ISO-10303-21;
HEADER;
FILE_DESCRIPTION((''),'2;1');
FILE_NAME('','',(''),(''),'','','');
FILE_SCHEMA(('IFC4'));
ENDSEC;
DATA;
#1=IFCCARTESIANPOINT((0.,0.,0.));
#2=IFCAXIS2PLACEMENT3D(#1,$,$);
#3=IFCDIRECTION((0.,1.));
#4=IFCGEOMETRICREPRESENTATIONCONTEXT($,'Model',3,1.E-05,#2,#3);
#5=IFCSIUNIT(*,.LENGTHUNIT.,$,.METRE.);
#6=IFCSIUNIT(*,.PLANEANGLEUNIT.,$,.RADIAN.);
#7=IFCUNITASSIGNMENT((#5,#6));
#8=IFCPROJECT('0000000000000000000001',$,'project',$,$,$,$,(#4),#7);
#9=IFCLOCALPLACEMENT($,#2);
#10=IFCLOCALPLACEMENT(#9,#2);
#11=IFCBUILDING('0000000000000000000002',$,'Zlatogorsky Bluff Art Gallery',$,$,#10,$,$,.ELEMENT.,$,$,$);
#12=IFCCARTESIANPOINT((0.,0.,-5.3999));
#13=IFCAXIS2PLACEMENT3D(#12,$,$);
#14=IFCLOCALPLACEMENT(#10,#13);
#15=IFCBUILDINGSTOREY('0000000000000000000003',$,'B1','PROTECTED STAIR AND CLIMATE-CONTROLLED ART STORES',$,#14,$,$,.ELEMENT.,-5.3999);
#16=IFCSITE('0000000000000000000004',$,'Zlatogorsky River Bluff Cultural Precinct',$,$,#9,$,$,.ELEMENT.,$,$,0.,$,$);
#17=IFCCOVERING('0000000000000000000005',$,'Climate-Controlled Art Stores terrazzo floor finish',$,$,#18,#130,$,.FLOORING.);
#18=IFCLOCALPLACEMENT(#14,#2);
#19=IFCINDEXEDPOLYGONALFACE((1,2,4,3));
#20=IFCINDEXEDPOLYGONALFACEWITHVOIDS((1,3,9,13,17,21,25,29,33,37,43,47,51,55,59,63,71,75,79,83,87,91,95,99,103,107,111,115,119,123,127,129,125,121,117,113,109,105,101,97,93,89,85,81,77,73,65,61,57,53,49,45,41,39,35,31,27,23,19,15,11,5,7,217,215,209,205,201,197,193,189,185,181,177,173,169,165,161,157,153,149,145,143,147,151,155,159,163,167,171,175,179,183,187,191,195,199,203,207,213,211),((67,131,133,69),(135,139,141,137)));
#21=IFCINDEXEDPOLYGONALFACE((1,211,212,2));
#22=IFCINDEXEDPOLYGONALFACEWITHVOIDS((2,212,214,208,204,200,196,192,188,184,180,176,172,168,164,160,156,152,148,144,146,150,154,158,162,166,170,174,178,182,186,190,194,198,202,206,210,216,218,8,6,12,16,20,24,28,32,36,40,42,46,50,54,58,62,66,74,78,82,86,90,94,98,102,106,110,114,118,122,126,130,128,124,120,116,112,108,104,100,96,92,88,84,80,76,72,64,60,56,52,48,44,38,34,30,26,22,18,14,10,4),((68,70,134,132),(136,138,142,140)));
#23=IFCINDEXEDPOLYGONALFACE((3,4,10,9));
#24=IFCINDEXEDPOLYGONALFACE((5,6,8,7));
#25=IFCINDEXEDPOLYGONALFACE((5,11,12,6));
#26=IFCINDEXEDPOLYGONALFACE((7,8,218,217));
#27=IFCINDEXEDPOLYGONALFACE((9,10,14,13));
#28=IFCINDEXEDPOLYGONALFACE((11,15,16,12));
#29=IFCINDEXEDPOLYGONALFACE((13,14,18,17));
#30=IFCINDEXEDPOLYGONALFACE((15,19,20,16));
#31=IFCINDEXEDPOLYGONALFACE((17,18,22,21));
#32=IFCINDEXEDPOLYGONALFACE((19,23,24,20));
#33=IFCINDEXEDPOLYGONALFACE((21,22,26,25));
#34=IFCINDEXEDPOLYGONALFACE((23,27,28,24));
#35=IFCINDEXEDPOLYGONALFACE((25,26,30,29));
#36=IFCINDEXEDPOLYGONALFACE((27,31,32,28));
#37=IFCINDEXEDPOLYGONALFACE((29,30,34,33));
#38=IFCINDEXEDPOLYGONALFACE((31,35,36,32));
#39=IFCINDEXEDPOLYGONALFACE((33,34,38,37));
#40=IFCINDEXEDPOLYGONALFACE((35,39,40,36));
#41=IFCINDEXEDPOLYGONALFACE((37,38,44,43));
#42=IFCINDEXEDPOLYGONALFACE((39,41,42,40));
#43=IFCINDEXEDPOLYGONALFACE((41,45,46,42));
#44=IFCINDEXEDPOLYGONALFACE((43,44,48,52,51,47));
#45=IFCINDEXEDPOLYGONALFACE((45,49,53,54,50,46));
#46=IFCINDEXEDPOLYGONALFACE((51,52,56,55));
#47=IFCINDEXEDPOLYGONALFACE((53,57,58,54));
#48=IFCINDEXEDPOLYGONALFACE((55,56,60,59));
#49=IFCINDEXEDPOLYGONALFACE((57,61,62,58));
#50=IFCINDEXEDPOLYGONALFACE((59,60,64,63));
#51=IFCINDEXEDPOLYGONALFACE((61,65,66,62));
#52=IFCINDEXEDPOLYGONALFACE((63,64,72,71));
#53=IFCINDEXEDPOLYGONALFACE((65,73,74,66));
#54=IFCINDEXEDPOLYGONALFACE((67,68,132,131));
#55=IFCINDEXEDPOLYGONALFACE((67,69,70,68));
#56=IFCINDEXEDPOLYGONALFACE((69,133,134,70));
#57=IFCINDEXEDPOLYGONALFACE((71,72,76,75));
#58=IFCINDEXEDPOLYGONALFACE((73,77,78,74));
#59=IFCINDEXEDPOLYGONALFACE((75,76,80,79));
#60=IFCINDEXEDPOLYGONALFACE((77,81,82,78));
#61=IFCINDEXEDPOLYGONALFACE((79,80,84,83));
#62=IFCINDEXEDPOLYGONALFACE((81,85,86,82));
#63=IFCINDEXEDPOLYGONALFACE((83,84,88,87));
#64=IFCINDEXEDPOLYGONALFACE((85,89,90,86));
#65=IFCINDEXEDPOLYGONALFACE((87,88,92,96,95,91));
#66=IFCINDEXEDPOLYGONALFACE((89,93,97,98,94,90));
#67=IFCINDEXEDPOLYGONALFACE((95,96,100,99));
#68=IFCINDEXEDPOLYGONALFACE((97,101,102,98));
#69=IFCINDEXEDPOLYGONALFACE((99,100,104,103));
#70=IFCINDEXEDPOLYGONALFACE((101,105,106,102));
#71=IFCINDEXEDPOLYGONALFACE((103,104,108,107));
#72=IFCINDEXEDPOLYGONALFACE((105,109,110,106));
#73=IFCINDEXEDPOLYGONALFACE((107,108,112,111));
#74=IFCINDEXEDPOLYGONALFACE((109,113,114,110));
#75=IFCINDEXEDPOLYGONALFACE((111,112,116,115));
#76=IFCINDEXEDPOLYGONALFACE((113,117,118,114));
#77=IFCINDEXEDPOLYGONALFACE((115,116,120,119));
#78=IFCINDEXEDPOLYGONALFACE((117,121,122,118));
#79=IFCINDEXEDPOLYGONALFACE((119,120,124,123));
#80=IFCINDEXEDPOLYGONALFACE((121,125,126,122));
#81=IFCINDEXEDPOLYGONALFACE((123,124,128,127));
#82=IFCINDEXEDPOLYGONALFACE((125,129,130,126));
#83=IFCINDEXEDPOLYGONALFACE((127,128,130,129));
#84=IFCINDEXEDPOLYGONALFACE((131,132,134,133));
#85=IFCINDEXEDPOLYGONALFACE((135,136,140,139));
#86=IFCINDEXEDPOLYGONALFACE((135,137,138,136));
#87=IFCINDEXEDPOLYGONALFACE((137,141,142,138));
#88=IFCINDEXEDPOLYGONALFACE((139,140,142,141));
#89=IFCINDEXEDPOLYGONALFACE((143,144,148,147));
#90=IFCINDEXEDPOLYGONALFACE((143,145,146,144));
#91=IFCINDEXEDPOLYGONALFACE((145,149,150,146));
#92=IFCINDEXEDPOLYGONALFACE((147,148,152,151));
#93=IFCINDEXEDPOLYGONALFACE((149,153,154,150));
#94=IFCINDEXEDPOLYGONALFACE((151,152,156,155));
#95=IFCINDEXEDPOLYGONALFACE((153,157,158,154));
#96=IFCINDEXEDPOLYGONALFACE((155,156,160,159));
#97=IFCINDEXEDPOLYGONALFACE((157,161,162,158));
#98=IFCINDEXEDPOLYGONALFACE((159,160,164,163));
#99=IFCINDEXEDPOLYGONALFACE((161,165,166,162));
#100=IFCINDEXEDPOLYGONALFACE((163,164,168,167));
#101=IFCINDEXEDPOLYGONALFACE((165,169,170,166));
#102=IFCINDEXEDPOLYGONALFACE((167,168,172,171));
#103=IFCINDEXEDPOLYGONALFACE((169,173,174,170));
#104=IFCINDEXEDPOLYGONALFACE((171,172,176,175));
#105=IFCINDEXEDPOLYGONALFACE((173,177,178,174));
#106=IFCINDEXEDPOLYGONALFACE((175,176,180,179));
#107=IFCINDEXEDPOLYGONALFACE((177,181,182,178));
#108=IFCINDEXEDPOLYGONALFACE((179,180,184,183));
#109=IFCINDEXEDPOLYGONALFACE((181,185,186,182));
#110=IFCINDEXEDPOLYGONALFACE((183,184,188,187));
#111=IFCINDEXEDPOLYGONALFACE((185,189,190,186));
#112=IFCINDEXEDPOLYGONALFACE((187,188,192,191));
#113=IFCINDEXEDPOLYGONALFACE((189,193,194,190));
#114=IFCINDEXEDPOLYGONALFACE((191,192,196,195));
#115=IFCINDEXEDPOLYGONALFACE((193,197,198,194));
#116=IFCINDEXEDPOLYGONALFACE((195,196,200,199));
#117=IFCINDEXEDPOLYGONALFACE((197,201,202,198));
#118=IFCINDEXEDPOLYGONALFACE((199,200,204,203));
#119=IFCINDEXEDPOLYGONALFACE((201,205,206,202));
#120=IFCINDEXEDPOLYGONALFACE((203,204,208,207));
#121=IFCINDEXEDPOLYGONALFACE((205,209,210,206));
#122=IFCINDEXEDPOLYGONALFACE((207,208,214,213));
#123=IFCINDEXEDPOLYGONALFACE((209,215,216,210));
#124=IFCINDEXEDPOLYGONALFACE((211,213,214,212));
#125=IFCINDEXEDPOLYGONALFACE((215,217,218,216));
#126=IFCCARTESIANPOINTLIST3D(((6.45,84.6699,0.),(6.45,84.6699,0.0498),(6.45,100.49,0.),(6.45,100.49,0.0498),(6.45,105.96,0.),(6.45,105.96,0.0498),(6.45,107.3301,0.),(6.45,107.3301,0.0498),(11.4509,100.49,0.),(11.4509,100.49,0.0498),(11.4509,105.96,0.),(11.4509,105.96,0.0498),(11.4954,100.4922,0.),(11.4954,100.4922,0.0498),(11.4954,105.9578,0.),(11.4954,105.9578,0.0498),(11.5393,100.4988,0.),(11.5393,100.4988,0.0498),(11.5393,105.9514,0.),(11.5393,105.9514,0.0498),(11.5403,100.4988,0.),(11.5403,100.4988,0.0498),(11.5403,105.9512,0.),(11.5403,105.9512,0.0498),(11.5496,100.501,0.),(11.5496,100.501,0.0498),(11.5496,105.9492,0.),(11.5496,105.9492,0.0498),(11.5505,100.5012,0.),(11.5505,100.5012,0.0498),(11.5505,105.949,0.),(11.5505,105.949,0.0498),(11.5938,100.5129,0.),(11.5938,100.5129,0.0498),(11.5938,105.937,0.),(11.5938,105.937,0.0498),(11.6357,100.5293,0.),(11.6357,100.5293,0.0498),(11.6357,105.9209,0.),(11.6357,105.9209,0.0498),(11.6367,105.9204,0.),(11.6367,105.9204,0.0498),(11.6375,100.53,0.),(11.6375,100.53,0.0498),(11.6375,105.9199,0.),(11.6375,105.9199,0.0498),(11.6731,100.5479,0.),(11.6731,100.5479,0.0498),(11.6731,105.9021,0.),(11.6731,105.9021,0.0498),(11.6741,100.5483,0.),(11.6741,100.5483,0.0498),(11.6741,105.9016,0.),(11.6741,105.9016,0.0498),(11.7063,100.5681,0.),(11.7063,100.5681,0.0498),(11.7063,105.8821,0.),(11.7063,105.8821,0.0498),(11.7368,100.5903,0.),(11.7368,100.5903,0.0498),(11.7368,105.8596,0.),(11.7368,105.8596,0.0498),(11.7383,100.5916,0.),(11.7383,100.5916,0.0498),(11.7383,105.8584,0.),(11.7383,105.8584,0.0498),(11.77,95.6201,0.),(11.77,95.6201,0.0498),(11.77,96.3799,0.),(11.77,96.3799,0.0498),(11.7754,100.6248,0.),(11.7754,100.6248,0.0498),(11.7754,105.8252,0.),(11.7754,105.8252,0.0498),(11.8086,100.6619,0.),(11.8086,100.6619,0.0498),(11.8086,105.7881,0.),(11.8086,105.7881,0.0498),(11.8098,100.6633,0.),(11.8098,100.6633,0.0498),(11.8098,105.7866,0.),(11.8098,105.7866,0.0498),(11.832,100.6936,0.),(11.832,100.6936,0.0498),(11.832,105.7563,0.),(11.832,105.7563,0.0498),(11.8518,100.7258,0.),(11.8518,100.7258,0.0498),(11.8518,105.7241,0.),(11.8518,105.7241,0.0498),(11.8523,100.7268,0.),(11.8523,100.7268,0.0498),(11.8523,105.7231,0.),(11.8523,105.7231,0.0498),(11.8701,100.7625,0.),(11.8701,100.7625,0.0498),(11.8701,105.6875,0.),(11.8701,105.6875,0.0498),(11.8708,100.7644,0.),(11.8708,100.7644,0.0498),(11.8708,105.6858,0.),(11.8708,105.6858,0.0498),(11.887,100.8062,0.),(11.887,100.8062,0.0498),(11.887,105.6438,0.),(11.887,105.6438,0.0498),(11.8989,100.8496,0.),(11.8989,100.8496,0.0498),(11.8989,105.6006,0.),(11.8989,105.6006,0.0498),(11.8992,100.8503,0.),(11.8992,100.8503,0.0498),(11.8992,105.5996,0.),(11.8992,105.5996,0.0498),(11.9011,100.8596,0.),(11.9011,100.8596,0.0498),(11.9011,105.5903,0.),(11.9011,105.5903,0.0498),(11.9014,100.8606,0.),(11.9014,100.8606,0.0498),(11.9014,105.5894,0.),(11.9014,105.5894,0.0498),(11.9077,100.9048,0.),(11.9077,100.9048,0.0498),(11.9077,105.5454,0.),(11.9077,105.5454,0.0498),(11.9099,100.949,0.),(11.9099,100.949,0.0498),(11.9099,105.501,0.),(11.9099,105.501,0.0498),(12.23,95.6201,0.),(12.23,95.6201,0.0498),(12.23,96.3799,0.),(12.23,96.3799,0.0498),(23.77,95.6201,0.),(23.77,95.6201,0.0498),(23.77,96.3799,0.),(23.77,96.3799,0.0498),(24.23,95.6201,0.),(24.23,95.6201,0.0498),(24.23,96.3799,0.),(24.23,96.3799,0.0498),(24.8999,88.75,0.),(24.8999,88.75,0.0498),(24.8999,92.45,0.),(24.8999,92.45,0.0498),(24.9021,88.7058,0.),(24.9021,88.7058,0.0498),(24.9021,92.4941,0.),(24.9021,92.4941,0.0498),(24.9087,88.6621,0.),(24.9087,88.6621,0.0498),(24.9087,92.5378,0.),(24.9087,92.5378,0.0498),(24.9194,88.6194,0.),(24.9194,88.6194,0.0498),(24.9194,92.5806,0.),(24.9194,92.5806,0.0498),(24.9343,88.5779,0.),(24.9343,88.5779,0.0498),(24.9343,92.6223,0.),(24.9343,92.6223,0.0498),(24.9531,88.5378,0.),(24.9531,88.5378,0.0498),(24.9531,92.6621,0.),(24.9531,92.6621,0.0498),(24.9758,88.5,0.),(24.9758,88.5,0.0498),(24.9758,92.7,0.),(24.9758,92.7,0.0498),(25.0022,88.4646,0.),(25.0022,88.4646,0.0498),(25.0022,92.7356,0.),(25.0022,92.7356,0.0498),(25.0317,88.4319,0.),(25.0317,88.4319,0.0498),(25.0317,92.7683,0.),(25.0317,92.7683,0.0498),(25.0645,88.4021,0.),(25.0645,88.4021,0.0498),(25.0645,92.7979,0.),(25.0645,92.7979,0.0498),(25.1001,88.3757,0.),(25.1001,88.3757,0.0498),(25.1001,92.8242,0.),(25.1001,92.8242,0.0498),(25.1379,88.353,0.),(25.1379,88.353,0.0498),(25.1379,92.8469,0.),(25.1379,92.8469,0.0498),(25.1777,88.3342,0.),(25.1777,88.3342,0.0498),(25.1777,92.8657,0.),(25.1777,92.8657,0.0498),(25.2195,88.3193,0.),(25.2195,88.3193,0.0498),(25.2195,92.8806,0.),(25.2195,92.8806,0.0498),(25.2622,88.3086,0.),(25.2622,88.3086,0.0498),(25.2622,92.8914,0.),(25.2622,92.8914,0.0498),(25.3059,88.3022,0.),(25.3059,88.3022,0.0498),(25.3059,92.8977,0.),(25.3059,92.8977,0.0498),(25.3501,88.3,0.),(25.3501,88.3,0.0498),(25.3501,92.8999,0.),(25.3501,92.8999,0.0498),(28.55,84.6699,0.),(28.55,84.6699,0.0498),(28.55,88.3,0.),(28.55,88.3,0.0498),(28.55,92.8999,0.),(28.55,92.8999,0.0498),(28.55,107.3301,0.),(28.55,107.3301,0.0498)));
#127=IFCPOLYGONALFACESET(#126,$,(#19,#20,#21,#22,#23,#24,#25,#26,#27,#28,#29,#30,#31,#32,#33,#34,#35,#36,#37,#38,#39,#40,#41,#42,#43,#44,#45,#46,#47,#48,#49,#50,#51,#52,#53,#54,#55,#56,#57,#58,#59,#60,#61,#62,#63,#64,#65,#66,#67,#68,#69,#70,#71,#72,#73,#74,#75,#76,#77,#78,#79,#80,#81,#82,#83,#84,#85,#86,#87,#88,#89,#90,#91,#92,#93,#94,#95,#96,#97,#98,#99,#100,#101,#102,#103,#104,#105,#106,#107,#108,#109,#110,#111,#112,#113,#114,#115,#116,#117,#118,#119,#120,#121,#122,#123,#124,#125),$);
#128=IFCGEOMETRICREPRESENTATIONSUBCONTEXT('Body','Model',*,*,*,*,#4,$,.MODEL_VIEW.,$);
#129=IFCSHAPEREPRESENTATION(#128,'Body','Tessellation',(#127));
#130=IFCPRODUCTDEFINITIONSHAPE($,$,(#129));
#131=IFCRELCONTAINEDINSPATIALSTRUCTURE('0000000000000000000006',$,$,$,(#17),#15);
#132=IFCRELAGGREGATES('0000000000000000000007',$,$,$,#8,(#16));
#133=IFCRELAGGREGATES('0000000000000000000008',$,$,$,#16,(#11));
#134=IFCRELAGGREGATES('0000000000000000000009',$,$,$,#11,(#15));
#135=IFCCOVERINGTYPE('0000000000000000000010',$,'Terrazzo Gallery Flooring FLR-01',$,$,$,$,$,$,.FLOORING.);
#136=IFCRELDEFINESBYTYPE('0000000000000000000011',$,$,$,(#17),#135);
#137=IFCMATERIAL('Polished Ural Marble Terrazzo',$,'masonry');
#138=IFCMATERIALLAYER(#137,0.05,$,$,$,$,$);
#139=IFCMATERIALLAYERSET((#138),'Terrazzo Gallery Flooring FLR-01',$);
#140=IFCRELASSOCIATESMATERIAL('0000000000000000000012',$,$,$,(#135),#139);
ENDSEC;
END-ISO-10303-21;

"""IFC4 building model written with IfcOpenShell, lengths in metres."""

from ifc_helpers import new_model, si_unit, direction, frame, origin, place, context, subcontext, project, spatial, polyline, outline, extrude, material, layer, layer_set, type_object, element, save


model = new_model("IFC4")

# Units and contexts
model_context = context("Model", 3, precision=1e-05, world=origin(), true_north=direction((0.0, 1.0)))
body_context = subcontext(model_context, "Body", "Model", "MODEL_VIEW")
ifc_project = project(units=[si_unit("LENGTHUNIT", "METRE"), si_unit("PLANEANGLEUNIT", "RADIAN")], contexts=[model_context])

# Site, building, storey
site_placement = place(None, origin())
site = spatial("IfcSite", under=ifc_project, at=site_placement, Name="Zlatogorsky River Bluff Cultural Precinct", CompositionType="ELEMENT", RefElevation=0.0)
building_placement = place(site_placement, origin())
building = spatial("IfcBuilding", under=site, at=building_placement, Name="Zlatogorsky Bluff Art Gallery", CompositionType="ELEMENT")
storey_placement = place(building_placement, frame((0.0, 0.0, -5.3999)))
storey = spatial("IfcBuildingStorey", under=building, at=storey_placement, Name="B1", Description="PROTECTED STAIR AND CLIMATE-CONTROLLED ART STORES", CompositionType="ELEMENT", Elevation=-5.3999)

# Covering
ifc_material_1 = material(Name="Polished Ural Marble Terrazzo", Category="masonry")
ifc_layer_1 = layer(ifc_material_1, 0.05)
ifc_layer_set_1 = layer_set([ifc_layer_1], Name="Terrazzo Gallery Flooring FLR-01")
covering_type_1 = type_object("IfcCoveringType", Name="Terrazzo Gallery Flooring FLR-01", PredefinedType="FLOORING", material=ifc_layer_set_1)
covering_1_placement = place(storey_placement, origin())
element("IfcCovering", 1, at=covering_1_placement, inside=storey, type_object=covering_type_1, Name="Climate-Controlled Art Stores terrazzo floor finish", PredefinedType="FLOORING", context=body_context, shape_type="SweptSolid", body=[
    extrude(outline(polyline([(28.55, 84.6699), (6.45, 84.6699), (6.45, 100.49), (11.4509, 100.49), (11.4954, 100.4922), (11.5393, 100.4988), (11.5403, 100.4988), (11.5496, 100.501), (11.5505, 100.5012), (11.5938, 100.5129), (11.6357, 100.5293), (11.6375, 100.53), (11.6731, 100.5479), (11.6741, 100.5483), (11.7063, 100.5681), (11.7368, 100.5903), (11.7383, 100.5916), (11.7754, 100.6248), (11.8086, 100.6619), (11.8098, 100.6633), (11.832, 100.6936), (11.8518, 100.7258), (11.8523, 100.7268), (11.8701, 100.7625), (11.8708, 100.7644), (11.887, 100.8062), (11.8989, 100.8496), (11.8992, 100.8503), (11.9011, 100.8596), (11.9014, 100.8606), (11.9077, 100.9048), (11.9099, 100.949), (11.9099, 105.501), (11.9077, 105.5454), (11.9014, 105.5894), (11.9011, 105.5903), (11.8992, 105.5996), (11.8989, 105.6006), (11.887, 105.6438), (11.8708, 105.6858), (11.8701, 105.6875), (11.8523, 105.7231), (11.8518, 105.7241), (11.832, 105.7563), (11.8098, 105.7866), (11.8086, 105.7881), (11.7754, 105.8252), (11.7383, 105.8584), (11.7368, 105.8596), (11.7063, 105.8821), (11.6741, 105.9016), (11.6731, 105.9021), (11.6375, 105.9199), (11.6367, 105.9204), (11.6357, 105.9209), (11.5938, 105.937), (11.5505, 105.949), (11.5496, 105.9492), (11.5403, 105.9512), (11.5393, 105.9514), (11.4954, 105.9578), (11.4509, 105.96), (6.45, 105.96), (6.45, 107.3301), (28.55, 107.3301), (28.55, 92.8999), (25.3501, 92.8999), (25.3059, 92.8977), (25.2622, 92.8914), (25.2195, 92.8806), (25.1777, 92.8657), (25.1379, 92.8469), (25.1001, 92.8242), (25.0645, 92.7979), (25.0317, 92.7683), (25.0022, 92.7356), (24.9758, 92.7), (24.9531, 92.6621), (24.9343, 92.6223), (24.9194, 92.5806), (24.9087, 92.5378), (24.9021, 92.4941), (24.8999, 92.45), (24.8999, 88.75), (24.9021, 88.7058), (24.9087, 88.6621), (24.9194, 88.6194), (24.9343, 88.5779), (24.9531, 88.5378), (24.9758, 88.5), (25.0022, 88.4646), (25.0317, 88.4319), (25.0645, 88.4021), (25.1001, 88.3757), (25.1379, 88.353), (25.1777, 88.3342), (25.2195, 88.3193), (25.2622, 88.3086), (25.3059, 88.3022), (25.3501, 88.3), (28.55, 88.3), (28.55, 84.6699)]), holes=[polyline([(23.77, 96.3799), (23.77, 95.6201), (24.23, 95.6201), (24.23, 96.3799), (23.77, 96.3799)]), polyline([(11.77, 95.6201), (12.23, 95.6201), (12.23, 96.3799), (11.77, 96.3799), (11.77, 95.6201)])]), origin(), (0.0, 0.0, 1.0), 0.0498),
])

save(model, "model.ifc")
